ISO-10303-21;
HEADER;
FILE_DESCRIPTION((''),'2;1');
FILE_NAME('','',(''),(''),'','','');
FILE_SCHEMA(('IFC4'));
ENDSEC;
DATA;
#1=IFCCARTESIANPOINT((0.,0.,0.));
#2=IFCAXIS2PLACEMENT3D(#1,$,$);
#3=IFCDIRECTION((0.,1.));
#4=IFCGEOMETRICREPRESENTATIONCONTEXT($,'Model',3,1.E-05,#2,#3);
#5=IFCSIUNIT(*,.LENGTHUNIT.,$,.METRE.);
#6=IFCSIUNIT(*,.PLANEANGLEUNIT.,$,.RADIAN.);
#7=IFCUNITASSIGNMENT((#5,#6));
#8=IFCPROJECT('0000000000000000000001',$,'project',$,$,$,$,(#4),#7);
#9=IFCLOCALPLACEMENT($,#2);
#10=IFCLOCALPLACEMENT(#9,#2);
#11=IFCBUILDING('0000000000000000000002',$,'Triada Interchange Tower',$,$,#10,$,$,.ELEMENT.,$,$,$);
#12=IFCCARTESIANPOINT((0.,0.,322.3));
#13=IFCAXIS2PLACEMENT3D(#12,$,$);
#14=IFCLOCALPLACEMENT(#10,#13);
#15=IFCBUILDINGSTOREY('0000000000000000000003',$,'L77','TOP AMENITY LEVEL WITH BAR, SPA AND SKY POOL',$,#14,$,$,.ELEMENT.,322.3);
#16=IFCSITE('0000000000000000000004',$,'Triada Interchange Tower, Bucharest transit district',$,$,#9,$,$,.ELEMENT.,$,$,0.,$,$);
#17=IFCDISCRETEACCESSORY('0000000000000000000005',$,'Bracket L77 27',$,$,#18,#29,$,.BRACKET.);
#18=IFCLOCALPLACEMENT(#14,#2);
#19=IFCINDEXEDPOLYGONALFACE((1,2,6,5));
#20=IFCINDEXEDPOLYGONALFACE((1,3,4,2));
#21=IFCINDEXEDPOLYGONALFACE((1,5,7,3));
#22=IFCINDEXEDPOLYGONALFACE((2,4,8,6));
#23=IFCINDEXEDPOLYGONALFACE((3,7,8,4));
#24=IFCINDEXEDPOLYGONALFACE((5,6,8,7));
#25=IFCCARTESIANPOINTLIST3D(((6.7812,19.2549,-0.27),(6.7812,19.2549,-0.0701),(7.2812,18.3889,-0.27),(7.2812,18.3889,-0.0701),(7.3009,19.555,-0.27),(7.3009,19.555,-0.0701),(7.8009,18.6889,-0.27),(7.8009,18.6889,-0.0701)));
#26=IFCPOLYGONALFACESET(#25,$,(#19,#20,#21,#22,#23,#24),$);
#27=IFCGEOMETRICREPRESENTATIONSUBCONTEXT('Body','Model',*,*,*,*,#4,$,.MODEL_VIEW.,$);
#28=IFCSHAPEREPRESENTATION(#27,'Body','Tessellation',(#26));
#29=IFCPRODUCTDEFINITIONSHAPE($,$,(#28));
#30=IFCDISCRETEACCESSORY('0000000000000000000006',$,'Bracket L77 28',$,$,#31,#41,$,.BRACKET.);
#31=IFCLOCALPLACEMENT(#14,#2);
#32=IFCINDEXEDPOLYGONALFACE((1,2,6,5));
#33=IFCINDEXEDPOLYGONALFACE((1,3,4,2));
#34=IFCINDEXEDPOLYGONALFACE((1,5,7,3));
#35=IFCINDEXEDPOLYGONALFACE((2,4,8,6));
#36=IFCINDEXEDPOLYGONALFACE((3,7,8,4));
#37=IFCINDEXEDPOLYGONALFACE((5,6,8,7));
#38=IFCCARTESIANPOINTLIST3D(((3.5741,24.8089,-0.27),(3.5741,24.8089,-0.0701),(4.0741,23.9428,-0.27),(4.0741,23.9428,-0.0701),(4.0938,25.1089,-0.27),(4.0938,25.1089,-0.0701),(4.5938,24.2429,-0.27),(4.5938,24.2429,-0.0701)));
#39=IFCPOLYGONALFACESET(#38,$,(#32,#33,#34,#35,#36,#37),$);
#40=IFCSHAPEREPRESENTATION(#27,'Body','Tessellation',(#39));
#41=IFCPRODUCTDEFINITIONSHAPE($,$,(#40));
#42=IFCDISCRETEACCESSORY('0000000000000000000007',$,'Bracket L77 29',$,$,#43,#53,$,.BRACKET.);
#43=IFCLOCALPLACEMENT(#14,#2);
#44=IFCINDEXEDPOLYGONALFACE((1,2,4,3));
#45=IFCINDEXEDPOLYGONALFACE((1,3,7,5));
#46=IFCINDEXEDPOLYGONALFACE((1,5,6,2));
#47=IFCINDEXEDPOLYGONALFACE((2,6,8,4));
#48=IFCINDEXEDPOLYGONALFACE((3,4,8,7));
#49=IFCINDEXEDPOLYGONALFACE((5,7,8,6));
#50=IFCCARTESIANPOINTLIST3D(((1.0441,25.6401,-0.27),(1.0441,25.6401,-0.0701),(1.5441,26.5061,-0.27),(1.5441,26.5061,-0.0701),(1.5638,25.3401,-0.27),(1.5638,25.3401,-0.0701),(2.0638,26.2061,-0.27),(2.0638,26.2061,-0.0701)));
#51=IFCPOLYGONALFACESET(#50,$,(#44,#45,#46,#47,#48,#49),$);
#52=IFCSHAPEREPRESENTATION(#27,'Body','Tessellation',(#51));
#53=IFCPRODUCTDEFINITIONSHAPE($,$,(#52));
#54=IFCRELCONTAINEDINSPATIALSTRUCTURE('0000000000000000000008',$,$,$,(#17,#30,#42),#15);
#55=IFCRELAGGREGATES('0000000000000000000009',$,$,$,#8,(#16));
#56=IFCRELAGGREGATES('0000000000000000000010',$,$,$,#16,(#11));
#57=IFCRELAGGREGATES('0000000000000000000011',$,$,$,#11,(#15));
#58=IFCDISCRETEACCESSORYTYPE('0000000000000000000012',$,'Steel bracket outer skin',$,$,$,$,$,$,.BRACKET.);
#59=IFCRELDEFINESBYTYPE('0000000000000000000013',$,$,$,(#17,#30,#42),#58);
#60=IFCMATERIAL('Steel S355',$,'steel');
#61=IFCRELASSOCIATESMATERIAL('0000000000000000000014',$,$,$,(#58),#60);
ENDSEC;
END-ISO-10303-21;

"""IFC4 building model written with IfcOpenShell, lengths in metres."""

from ifc_helpers import new_model, si_unit, direction, frame, origin, origin_2d, place, context, subcontext, project, spatial, rectangle, extrude, material, type_object, element, save


model = new_model("IFC4")

# Units and contexts
model_context = context("Model", 3, precision=1e-05, world=origin(), true_north=direction((0.0, 1.0)))
body_context = subcontext(model_context, "Body", "Model", "MODEL_VIEW")
ifc_project = project(units=[si_unit("LENGTHUNIT", "METRE"), si_unit("PLANEANGLEUNIT", "RADIAN")], contexts=[model_context])

# Site, building, storey
site_placement = place(None, origin())
site = spatial("IfcSite", under=ifc_project, at=site_placement, Name="Triada Interchange Tower, Bucharest transit district", CompositionType="ELEMENT", RefElevation=0.0)
building_placement = place(site_placement, origin())
building = spatial("IfcBuilding", under=site, at=building_placement, Name="Triada Interchange Tower", CompositionType="ELEMENT")
storey_placement = place(building_placement, frame((0.0, 0.0, 322.3)))
storey = spatial("IfcBuildingStorey", under=building, at=storey_placement, Name="L77", Description="TOP AMENITY LEVEL WITH BAR, SPA AND SKY POOL", CompositionType="ELEMENT", Elevation=322.3)

# Discrete accessories
ifc_material_1 = material(Name="Steel S355", Category="steel")
discrete_accessory_type = type_object("IfcDiscreteAccessoryType", Name="Steel bracket outer skin", PredefinedType="BRACKET", material=ifc_material_1)
for number, where, z_axis, x_axis, name in (
    (1, (7.291, 18.9719, -0.27), (0.0, 0.0, 1.0), (0.866019, 0.500011, 0.0), "Bracket L77 27"),
    (2, (4.084, 24.5259, -0.27), (0.0, 0.0, 1.0), (0.866019, 0.500011, 0.0), "Bracket L77 28"),
    (3, (1.554, 25.9231, -0.27), (0.0, 0.0, 1.0), (-0.866044, 0.499967, 0.0), "Bracket L77 29"),
):
    element("IfcDiscreteAccessory", number, at=place(storey_placement, frame(where, z_axis=z_axis, x_axis=x_axis)), inside=storey, type_object=discrete_accessory_type, Name=name, PredefinedType="BRACKET", context=body_context, shape_type="SweptSolid", body=[
        extrude(rectangle(XDim=0.6001, YDim=1.0, at=origin_2d()), origin(), (0.0, 0.0, 1.0), 0.2),
    ])

save(model, "model.ifc")
